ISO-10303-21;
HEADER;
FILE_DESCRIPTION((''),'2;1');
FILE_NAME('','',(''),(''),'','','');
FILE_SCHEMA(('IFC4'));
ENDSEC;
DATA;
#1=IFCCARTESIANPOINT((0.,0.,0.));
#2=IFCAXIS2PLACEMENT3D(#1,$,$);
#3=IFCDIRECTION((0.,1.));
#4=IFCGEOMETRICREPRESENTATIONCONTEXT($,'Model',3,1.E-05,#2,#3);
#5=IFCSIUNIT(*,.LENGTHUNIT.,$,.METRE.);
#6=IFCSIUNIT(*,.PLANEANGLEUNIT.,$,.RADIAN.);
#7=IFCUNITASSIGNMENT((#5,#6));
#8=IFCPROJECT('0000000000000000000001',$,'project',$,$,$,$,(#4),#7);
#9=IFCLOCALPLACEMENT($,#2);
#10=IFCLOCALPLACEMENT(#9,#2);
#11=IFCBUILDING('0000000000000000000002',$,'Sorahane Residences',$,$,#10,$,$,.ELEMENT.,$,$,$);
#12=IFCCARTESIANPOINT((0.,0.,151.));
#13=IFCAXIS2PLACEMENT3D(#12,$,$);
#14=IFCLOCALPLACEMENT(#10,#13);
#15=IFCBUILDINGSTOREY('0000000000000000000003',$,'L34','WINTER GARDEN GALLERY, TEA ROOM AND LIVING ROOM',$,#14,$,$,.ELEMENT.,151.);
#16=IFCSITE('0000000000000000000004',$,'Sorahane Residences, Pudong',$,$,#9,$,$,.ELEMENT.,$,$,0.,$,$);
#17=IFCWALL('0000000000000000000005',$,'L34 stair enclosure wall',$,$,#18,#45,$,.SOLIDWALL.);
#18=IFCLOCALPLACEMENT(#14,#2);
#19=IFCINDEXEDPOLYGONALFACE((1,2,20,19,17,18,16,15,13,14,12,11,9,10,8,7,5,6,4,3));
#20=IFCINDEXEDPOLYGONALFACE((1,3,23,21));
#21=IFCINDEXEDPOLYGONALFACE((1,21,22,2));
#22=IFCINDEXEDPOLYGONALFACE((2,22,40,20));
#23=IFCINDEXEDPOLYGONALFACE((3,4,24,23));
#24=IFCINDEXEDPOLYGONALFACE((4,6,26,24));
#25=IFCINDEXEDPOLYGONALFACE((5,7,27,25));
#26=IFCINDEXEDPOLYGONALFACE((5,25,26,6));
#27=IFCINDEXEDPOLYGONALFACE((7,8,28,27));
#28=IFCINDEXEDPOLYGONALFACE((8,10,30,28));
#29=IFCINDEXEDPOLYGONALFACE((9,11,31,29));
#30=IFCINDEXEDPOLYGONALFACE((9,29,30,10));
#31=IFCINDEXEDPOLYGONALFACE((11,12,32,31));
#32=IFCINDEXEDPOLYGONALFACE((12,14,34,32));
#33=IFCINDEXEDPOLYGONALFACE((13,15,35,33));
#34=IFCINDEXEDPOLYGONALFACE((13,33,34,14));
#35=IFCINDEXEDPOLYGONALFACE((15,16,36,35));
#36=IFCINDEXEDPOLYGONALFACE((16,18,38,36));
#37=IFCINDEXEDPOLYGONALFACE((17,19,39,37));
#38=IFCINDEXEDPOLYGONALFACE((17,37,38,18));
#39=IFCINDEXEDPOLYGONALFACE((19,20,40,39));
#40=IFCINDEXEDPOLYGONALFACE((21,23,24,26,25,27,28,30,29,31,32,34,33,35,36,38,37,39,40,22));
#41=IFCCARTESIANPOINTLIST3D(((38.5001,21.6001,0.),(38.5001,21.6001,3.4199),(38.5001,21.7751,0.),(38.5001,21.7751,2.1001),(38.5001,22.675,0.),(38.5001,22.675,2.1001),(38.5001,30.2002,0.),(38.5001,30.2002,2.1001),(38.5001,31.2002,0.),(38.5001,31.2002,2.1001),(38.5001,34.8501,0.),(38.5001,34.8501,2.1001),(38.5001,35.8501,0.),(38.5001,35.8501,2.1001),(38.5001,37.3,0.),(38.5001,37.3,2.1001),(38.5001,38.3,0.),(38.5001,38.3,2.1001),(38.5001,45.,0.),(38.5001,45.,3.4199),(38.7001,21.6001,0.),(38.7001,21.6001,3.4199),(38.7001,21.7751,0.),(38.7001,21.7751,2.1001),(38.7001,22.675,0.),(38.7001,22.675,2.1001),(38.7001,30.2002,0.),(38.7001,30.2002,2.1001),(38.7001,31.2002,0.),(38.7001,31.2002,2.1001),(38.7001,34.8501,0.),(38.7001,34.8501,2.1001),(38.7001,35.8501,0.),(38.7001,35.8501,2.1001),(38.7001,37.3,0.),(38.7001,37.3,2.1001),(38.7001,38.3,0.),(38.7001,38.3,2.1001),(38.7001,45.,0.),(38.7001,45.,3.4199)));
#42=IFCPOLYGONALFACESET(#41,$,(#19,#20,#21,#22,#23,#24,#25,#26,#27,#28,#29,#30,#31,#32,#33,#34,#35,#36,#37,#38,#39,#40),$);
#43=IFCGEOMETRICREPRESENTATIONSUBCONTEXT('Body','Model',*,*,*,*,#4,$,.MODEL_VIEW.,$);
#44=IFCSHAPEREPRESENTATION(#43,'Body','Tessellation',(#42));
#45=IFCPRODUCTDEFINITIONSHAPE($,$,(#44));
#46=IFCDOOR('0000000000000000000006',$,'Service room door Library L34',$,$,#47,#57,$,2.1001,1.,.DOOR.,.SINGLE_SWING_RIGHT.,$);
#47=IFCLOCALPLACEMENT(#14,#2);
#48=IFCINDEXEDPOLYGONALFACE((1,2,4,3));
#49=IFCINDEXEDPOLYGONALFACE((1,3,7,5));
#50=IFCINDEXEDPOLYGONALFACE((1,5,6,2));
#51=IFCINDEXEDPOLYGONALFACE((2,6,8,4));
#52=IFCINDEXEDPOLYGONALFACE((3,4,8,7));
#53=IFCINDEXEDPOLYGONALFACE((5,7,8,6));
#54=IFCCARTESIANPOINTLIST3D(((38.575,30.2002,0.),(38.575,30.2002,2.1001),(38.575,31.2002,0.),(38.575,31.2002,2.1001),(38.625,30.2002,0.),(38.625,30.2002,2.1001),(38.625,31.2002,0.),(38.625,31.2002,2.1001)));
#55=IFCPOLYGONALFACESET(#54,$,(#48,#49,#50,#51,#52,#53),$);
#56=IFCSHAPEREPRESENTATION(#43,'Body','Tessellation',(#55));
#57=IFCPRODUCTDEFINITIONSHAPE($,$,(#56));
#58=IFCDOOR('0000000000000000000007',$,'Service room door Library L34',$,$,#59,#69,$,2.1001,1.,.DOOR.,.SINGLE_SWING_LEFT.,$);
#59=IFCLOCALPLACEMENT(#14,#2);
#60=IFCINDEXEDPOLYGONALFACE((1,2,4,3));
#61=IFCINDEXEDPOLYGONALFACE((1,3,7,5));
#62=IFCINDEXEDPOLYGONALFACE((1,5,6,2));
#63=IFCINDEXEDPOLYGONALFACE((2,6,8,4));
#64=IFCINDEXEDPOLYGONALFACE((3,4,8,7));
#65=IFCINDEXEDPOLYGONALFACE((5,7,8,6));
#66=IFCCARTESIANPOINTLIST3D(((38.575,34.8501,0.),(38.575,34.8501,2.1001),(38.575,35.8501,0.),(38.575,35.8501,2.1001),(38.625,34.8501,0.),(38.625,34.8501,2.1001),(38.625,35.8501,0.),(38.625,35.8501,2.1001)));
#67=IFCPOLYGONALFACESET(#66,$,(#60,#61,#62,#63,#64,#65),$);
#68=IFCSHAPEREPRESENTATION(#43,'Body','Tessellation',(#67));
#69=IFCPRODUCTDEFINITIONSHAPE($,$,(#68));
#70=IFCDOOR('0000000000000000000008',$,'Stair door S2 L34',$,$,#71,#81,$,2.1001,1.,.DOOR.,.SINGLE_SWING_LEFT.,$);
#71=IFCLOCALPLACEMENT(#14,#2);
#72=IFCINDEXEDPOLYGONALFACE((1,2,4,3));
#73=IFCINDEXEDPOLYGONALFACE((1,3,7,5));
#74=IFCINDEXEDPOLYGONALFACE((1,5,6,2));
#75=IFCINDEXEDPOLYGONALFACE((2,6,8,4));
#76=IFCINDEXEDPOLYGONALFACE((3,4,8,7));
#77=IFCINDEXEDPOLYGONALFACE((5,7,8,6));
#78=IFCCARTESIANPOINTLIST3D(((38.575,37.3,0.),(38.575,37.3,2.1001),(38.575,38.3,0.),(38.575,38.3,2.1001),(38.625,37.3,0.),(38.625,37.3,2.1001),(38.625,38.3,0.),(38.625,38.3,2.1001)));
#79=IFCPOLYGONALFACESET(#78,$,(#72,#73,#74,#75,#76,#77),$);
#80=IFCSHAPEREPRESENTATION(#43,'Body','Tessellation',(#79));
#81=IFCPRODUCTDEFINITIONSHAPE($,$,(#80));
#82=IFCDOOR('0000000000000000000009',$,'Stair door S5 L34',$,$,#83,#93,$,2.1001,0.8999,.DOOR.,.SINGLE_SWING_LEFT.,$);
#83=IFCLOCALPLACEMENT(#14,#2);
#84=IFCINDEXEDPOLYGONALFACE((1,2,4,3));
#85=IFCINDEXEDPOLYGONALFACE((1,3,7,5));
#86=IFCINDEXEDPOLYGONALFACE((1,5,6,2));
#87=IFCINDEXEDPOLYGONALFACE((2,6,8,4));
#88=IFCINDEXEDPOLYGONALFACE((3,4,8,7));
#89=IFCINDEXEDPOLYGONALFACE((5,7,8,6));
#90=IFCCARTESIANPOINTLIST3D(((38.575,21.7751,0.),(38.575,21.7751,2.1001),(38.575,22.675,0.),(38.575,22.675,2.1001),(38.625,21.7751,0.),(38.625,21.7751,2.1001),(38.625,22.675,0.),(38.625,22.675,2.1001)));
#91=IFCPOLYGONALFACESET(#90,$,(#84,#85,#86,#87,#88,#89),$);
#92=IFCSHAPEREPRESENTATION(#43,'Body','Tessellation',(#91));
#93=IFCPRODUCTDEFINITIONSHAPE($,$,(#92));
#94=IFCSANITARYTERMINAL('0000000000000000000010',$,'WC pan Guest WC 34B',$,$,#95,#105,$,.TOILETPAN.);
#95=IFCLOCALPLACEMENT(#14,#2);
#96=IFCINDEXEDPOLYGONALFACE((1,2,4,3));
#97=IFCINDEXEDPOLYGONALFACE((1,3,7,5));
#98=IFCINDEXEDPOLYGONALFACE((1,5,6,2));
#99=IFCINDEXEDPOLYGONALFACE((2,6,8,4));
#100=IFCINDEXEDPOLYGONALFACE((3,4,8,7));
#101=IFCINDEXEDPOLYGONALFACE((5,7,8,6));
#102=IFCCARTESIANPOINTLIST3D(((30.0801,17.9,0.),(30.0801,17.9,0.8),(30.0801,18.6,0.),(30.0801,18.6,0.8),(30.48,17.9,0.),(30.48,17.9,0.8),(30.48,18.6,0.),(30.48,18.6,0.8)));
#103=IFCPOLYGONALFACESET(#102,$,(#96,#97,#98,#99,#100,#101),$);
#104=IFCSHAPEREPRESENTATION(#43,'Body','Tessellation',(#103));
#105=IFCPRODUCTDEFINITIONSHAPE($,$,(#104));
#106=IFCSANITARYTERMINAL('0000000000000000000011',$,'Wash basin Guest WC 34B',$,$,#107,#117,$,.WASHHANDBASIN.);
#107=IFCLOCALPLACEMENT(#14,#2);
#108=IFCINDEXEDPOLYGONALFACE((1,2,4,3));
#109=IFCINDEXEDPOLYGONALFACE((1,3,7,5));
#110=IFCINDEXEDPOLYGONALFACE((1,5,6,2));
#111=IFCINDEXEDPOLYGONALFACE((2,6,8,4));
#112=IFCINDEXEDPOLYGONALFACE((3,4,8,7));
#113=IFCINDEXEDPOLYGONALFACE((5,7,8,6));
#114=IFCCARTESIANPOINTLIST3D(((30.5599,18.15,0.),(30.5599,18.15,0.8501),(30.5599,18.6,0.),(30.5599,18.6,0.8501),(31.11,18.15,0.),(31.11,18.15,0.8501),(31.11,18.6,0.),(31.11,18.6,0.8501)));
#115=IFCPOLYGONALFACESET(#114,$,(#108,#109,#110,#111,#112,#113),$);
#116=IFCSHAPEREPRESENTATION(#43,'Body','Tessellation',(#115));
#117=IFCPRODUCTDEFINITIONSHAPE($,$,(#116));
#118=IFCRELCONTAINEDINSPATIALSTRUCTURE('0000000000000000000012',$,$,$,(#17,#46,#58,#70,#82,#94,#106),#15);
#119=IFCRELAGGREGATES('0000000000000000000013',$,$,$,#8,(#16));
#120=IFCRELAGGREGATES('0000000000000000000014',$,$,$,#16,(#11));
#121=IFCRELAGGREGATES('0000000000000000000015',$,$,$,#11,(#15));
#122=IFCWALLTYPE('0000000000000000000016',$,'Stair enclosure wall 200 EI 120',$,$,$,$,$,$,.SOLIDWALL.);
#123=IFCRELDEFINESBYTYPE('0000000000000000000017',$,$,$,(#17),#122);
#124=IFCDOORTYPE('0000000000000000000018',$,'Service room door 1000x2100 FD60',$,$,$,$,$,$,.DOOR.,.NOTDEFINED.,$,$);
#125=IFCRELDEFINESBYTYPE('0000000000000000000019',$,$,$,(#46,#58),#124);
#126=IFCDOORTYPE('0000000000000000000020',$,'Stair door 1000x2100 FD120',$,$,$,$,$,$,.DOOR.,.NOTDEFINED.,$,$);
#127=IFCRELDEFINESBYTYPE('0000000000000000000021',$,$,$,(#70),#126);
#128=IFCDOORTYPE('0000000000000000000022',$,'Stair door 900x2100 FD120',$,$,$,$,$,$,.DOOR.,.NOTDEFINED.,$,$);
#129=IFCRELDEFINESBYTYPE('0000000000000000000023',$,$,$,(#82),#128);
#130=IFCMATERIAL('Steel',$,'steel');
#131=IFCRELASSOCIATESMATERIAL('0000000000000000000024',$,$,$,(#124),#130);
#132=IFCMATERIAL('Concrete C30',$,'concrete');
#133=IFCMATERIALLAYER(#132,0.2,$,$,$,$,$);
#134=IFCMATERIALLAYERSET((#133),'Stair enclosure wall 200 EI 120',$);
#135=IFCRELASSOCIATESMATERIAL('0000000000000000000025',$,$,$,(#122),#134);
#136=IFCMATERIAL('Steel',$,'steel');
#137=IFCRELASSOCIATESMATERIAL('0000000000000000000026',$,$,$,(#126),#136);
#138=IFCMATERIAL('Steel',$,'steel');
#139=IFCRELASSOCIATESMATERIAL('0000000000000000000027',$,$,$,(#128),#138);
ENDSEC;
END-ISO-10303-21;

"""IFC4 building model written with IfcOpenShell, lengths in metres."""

from ifc_helpers import new_model, si_unit, direction, frame, frame_2d, origin, origin_2d, place, context, subcontext, project, spatial, rectangle, extrude, material, layer, layer_set, type_object, element, fill, save


model = new_model("IFC4")

# Units and contexts
model_context = context("Model", 3, precision=1e-05, world=origin(), true_north=direction((0.0, 1.0)))
body_context = subcontext(model_context, "Body", "Model", "MODEL_VIEW")
ifc_project = project(units=[si_unit("LENGTHUNIT", "METRE"), si_unit("PLANEANGLEUNIT", "RADIAN")], contexts=[model_context])

# Site, building, storey
site_placement = place(None, origin())
site = spatial("IfcSite", under=ifc_project, at=site_placement, Name="Sorahane Residences, Pudong", CompositionType="ELEMENT", RefElevation=0.0)
building_placement = place(site_placement, origin())
building = spatial("IfcBuilding", under=site, at=building_placement, Name="Sorahane Residences", CompositionType="ELEMENT")
storey_placement = place(building_placement, frame((0.0, 0.0, 151.0)))
storey = spatial("IfcBuildingStorey", under=building, at=storey_placement, Name="L34", Description="WINTER GARDEN GALLERY, TEA ROOM AND LIVING ROOM", CompositionType="ELEMENT", Elevation=151.0)

# Shared definitions
ifc_material_1 = material(Name="Steel", Category="steel")
door_type_1 = type_object("IfcDoorType", Name="Service room door 1000x2100 FD60", OperationType="NOTDEFINED", PredefinedType="DOOR", material=ifc_material_1)

# Wall, openings, doors
ifc_material_2 = material(Name="Concrete C30", Category="concrete")
ifc_layer_1 = layer(ifc_material_2, 0.2)
ifc_layer_set_1 = layer_set([ifc_layer_1], Name="Stair enclosure wall 200 EI 120")
wall_type_1 = type_object("IfcWallType", Name="Stair enclosure wall 200 EI 120", PredefinedType="SOLIDWALL", material=ifc_layer_set_1)
wall_1_placement = place(storey_placement, frame((38.6001, 21.6001, 0.0), z_axis=(0.0, 0.0, 1.0), x_axis=(0.0, 1.0, 0.0)))
wall_1 = element("IfcWall", 1, at=wall_1_placement, inside=storey, type_object=wall_type_1, Name="L34 stair enclosure wall", PredefinedType="SOLIDWALL", context=body_context, shape_type="SweptSolid", body=[
    extrude(rectangle(XDim=23.3999, YDim=0.2, at=frame_2d((11.7, 0.0))), origin(), (0.0, 0.0, 1.0), 3.4199),
])
opening_1_placement = place(wall_1_placement, frame((8.6001, 0.0, 0.0)))
opening_1 = element("IfcOpeningElement", 2, at=opening_1_placement, cuts=wall_1, PredefinedType="OPENING", context=body_context, shape_type="SweptSolid", body=[
    extrude(rectangle(XDim=1.0, YDim=2.1001, at=frame_2d((0.5, 1.05))), frame((0.0, 0.1099, 0.0), z_axis=(0.0, -1.0, 0.0), x_axis=(1.0, 0.0, 0.0)), (0.0, 0.0, 1.0), 0.22),
])
opening_2_placement = place(wall_1_placement, frame((13.25, 0.0, 0.0)))
opening_2 = element("IfcOpeningElement", 3, at=opening_2_placement, cuts=wall_1, PredefinedType="OPENING", context=body_context, shape_type="SweptSolid", body=[
    extrude(rectangle(XDim=1.0, YDim=2.1001, at=frame_2d((0.5, 1.05))), frame((0.0, 0.1099, 0.0), z_axis=(0.0, -1.0, 0.0), x_axis=(1.0, 0.0, 0.0)), (0.0, 0.0, 1.0), 0.22),
])
opening_3_placement = place(wall_1_placement, frame((15.7, 0.0, 0.0)))
opening_3 = element("IfcOpeningElement", 4, at=opening_3_placement, cuts=wall_1, PredefinedType="OPENING", context=body_context, shape_type="SweptSolid", body=[
    extrude(rectangle(XDim=1.0, YDim=2.1001, at=frame_2d((0.5, 1.05))), frame((0.0, 0.1099, 0.0), z_axis=(0.0, -1.0, 0.0), x_axis=(1.0, 0.0, 0.0)), (0.0, 0.0, 1.0), 0.22),
])
opening_4_placement = place(wall_1_placement, frame((0.175, 0.0, 0.0)))
opening_4 = element("IfcOpeningElement", 5, at=opening_4_placement, cuts=wall_1, PredefinedType="OPENING", context=body_context, shape_type="SweptSolid", body=[
    extrude(rectangle(XDim=0.8999, YDim=2.1001, at=frame_2d((0.45, 1.05))), frame((0.0, 0.1099, 0.0), z_axis=(0.0, -1.0, 0.0), x_axis=(1.0, 0.0, 0.0)), (0.0, 0.0, 1.0), 0.22),
])
door_1_placement = place(opening_1_placement, frame((1.0, 0.0, 0.0), z_axis=(0.0, 0.0, 1.0), x_axis=(-1.0, 0.0, 0.0)))
door_1 = element("IfcDoor", 6, at=door_1_placement, inside=storey, type_object=door_type_1, Name="Service room door Library L34", OperationType="SINGLE_SWING_RIGHT", OverallHeight=2.1001, OverallWidth=1.0, PredefinedType="DOOR", context=body_context, shape_type="SweptSolid", body=[
    extrude(rectangle(XDim=1.0, YDim=2.1001, at=frame_2d((0.5, 1.05))), frame((0.0, 0.0249, 0.0), z_axis=(0.0, -1.0, 0.0), x_axis=(1.0, 0.0, 0.0)), (0.0, 0.0, 1.0), 0.05),
])
fill(opening_1, door_1)
door_2_placement = place(opening_2_placement, frame((1.0, 0.0, 0.0), z_axis=(0.0, 0.0, 1.0), x_axis=(-1.0, 0.0, 0.0)))
door_2 = element("IfcDoor", 7, at=door_2_placement, inside=storey, type_object=door_type_1, Name="Service room door Library L34", OperationType="SINGLE_SWING_LEFT", OverallHeight=2.1001, OverallWidth=1.0, PredefinedType="DOOR", context=body_context, shape_type="SweptSolid", body=[
    extrude(rectangle(XDim=1.0, YDim=2.1001, at=frame_2d((0.5, 1.05))), frame((0.0, 0.0249, 0.0), z_axis=(0.0, -1.0, 0.0), x_axis=(1.0, 0.0, 0.0)), (0.0, 0.0, 1.0), 0.05),
])
fill(opening_2, door_2)
ifc_material_3 = material(Name="Steel", Category="steel")
door_type_2 = type_object("IfcDoorType", Name="Stair door 1000x2100 FD120", OperationType="NOTDEFINED", PredefinedType="DOOR", material=ifc_material_3)
door_3_placement = place(opening_3_placement, frame((1.0, 0.0, 0.0), z_axis=(0.0, 0.0, 1.0), x_axis=(-1.0, 0.0, 0.0)))
door_3 = element("IfcDoor", 8, at=door_3_placement, inside=storey, type_object=door_type_2, Name="Stair door S2 L34", OperationType="SINGLE_SWING_LEFT", OverallHeight=2.1001, OverallWidth=1.0, PredefinedType="DOOR", context=body_context, shape_type="SweptSolid", body=[
    extrude(rectangle(XDim=1.0, YDim=2.1001, at=frame_2d((0.5, 1.05))), frame((0.0, 0.0249, 0.0), z_axis=(0.0, -1.0, 0.0), x_axis=(1.0, 0.0, 0.0)), (0.0, 0.0, 1.0), 0.05),
])
fill(opening_3, door_3)
ifc_material_4 = material(Name="Steel", Category="steel")
door_type_3 = type_object("IfcDoorType", Name="Stair door 900x2100 FD120", OperationType="NOTDEFINED", PredefinedType="DOOR", material=ifc_material_4)
door_4_placement = place(opening_4_placement, frame((0.8999, 0.0, 0.0), z_axis=(0.0, 0.0, 1.0), x_axis=(-1.0, 0.0, 0.0)))
door_4 = element("IfcDoor", 9, at=door_4_placement, inside=storey, type_object=door_type_3, Name="Stair door S5 L34", OperationType="SINGLE_SWING_LEFT", OverallHeight=2.1001, OverallWidth=0.8999, PredefinedType="DOOR", context=body_context, shape_type="SweptSolid", body=[
    extrude(rectangle(XDim=0.8999, YDim=2.1001, at=frame_2d((0.45, 1.05))), frame((0.0, 0.0249, 0.0), z_axis=(0.0, -1.0, 0.0), x_axis=(1.0, 0.0, 0.0)), (0.0, 0.0, 1.0), 0.05),
])
fill(opening_4, door_4)

# Sanitary terminals
sanitary_terminal_1_placement = place(storey_placement, frame((30.28, 18.25, 0.0), z_axis=(0.0, 0.0, 1.0), x_axis=(1.0, 0.0, 0.0)))
element("IfcSanitaryTerminal", 10, at=sanitary_terminal_1_placement, inside=storey, Name="WC pan Guest WC 34B", PredefinedType="TOILETPAN", context=body_context, shape_type="SweptSolid", body=[
    extrude(rectangle(XDim=0.3999, YDim=0.7, at=origin_2d()), origin(), (0.0, 0.0, 1.0), 0.8),
])
sanitary_terminal_2_placement = place(storey_placement, frame((30.835, 18.375, 0.0), z_axis=(0.0, 0.0, 1.0), x_axis=(1.0, 0.0, 0.0)))
element("IfcSanitaryTerminal", 11, at=sanitary_terminal_2_placement, inside=storey, Name="Wash basin Guest WC 34B", PredefinedType="WASHHANDBASIN", context=body_context, shape_type="SweptSolid", body=[
    extrude(rectangle(XDim=0.55, YDim=0.45, at=origin_2d()), origin(), (0.0, 0.0, 1.0), 0.8501),
])

save(model, "model.ifc")
